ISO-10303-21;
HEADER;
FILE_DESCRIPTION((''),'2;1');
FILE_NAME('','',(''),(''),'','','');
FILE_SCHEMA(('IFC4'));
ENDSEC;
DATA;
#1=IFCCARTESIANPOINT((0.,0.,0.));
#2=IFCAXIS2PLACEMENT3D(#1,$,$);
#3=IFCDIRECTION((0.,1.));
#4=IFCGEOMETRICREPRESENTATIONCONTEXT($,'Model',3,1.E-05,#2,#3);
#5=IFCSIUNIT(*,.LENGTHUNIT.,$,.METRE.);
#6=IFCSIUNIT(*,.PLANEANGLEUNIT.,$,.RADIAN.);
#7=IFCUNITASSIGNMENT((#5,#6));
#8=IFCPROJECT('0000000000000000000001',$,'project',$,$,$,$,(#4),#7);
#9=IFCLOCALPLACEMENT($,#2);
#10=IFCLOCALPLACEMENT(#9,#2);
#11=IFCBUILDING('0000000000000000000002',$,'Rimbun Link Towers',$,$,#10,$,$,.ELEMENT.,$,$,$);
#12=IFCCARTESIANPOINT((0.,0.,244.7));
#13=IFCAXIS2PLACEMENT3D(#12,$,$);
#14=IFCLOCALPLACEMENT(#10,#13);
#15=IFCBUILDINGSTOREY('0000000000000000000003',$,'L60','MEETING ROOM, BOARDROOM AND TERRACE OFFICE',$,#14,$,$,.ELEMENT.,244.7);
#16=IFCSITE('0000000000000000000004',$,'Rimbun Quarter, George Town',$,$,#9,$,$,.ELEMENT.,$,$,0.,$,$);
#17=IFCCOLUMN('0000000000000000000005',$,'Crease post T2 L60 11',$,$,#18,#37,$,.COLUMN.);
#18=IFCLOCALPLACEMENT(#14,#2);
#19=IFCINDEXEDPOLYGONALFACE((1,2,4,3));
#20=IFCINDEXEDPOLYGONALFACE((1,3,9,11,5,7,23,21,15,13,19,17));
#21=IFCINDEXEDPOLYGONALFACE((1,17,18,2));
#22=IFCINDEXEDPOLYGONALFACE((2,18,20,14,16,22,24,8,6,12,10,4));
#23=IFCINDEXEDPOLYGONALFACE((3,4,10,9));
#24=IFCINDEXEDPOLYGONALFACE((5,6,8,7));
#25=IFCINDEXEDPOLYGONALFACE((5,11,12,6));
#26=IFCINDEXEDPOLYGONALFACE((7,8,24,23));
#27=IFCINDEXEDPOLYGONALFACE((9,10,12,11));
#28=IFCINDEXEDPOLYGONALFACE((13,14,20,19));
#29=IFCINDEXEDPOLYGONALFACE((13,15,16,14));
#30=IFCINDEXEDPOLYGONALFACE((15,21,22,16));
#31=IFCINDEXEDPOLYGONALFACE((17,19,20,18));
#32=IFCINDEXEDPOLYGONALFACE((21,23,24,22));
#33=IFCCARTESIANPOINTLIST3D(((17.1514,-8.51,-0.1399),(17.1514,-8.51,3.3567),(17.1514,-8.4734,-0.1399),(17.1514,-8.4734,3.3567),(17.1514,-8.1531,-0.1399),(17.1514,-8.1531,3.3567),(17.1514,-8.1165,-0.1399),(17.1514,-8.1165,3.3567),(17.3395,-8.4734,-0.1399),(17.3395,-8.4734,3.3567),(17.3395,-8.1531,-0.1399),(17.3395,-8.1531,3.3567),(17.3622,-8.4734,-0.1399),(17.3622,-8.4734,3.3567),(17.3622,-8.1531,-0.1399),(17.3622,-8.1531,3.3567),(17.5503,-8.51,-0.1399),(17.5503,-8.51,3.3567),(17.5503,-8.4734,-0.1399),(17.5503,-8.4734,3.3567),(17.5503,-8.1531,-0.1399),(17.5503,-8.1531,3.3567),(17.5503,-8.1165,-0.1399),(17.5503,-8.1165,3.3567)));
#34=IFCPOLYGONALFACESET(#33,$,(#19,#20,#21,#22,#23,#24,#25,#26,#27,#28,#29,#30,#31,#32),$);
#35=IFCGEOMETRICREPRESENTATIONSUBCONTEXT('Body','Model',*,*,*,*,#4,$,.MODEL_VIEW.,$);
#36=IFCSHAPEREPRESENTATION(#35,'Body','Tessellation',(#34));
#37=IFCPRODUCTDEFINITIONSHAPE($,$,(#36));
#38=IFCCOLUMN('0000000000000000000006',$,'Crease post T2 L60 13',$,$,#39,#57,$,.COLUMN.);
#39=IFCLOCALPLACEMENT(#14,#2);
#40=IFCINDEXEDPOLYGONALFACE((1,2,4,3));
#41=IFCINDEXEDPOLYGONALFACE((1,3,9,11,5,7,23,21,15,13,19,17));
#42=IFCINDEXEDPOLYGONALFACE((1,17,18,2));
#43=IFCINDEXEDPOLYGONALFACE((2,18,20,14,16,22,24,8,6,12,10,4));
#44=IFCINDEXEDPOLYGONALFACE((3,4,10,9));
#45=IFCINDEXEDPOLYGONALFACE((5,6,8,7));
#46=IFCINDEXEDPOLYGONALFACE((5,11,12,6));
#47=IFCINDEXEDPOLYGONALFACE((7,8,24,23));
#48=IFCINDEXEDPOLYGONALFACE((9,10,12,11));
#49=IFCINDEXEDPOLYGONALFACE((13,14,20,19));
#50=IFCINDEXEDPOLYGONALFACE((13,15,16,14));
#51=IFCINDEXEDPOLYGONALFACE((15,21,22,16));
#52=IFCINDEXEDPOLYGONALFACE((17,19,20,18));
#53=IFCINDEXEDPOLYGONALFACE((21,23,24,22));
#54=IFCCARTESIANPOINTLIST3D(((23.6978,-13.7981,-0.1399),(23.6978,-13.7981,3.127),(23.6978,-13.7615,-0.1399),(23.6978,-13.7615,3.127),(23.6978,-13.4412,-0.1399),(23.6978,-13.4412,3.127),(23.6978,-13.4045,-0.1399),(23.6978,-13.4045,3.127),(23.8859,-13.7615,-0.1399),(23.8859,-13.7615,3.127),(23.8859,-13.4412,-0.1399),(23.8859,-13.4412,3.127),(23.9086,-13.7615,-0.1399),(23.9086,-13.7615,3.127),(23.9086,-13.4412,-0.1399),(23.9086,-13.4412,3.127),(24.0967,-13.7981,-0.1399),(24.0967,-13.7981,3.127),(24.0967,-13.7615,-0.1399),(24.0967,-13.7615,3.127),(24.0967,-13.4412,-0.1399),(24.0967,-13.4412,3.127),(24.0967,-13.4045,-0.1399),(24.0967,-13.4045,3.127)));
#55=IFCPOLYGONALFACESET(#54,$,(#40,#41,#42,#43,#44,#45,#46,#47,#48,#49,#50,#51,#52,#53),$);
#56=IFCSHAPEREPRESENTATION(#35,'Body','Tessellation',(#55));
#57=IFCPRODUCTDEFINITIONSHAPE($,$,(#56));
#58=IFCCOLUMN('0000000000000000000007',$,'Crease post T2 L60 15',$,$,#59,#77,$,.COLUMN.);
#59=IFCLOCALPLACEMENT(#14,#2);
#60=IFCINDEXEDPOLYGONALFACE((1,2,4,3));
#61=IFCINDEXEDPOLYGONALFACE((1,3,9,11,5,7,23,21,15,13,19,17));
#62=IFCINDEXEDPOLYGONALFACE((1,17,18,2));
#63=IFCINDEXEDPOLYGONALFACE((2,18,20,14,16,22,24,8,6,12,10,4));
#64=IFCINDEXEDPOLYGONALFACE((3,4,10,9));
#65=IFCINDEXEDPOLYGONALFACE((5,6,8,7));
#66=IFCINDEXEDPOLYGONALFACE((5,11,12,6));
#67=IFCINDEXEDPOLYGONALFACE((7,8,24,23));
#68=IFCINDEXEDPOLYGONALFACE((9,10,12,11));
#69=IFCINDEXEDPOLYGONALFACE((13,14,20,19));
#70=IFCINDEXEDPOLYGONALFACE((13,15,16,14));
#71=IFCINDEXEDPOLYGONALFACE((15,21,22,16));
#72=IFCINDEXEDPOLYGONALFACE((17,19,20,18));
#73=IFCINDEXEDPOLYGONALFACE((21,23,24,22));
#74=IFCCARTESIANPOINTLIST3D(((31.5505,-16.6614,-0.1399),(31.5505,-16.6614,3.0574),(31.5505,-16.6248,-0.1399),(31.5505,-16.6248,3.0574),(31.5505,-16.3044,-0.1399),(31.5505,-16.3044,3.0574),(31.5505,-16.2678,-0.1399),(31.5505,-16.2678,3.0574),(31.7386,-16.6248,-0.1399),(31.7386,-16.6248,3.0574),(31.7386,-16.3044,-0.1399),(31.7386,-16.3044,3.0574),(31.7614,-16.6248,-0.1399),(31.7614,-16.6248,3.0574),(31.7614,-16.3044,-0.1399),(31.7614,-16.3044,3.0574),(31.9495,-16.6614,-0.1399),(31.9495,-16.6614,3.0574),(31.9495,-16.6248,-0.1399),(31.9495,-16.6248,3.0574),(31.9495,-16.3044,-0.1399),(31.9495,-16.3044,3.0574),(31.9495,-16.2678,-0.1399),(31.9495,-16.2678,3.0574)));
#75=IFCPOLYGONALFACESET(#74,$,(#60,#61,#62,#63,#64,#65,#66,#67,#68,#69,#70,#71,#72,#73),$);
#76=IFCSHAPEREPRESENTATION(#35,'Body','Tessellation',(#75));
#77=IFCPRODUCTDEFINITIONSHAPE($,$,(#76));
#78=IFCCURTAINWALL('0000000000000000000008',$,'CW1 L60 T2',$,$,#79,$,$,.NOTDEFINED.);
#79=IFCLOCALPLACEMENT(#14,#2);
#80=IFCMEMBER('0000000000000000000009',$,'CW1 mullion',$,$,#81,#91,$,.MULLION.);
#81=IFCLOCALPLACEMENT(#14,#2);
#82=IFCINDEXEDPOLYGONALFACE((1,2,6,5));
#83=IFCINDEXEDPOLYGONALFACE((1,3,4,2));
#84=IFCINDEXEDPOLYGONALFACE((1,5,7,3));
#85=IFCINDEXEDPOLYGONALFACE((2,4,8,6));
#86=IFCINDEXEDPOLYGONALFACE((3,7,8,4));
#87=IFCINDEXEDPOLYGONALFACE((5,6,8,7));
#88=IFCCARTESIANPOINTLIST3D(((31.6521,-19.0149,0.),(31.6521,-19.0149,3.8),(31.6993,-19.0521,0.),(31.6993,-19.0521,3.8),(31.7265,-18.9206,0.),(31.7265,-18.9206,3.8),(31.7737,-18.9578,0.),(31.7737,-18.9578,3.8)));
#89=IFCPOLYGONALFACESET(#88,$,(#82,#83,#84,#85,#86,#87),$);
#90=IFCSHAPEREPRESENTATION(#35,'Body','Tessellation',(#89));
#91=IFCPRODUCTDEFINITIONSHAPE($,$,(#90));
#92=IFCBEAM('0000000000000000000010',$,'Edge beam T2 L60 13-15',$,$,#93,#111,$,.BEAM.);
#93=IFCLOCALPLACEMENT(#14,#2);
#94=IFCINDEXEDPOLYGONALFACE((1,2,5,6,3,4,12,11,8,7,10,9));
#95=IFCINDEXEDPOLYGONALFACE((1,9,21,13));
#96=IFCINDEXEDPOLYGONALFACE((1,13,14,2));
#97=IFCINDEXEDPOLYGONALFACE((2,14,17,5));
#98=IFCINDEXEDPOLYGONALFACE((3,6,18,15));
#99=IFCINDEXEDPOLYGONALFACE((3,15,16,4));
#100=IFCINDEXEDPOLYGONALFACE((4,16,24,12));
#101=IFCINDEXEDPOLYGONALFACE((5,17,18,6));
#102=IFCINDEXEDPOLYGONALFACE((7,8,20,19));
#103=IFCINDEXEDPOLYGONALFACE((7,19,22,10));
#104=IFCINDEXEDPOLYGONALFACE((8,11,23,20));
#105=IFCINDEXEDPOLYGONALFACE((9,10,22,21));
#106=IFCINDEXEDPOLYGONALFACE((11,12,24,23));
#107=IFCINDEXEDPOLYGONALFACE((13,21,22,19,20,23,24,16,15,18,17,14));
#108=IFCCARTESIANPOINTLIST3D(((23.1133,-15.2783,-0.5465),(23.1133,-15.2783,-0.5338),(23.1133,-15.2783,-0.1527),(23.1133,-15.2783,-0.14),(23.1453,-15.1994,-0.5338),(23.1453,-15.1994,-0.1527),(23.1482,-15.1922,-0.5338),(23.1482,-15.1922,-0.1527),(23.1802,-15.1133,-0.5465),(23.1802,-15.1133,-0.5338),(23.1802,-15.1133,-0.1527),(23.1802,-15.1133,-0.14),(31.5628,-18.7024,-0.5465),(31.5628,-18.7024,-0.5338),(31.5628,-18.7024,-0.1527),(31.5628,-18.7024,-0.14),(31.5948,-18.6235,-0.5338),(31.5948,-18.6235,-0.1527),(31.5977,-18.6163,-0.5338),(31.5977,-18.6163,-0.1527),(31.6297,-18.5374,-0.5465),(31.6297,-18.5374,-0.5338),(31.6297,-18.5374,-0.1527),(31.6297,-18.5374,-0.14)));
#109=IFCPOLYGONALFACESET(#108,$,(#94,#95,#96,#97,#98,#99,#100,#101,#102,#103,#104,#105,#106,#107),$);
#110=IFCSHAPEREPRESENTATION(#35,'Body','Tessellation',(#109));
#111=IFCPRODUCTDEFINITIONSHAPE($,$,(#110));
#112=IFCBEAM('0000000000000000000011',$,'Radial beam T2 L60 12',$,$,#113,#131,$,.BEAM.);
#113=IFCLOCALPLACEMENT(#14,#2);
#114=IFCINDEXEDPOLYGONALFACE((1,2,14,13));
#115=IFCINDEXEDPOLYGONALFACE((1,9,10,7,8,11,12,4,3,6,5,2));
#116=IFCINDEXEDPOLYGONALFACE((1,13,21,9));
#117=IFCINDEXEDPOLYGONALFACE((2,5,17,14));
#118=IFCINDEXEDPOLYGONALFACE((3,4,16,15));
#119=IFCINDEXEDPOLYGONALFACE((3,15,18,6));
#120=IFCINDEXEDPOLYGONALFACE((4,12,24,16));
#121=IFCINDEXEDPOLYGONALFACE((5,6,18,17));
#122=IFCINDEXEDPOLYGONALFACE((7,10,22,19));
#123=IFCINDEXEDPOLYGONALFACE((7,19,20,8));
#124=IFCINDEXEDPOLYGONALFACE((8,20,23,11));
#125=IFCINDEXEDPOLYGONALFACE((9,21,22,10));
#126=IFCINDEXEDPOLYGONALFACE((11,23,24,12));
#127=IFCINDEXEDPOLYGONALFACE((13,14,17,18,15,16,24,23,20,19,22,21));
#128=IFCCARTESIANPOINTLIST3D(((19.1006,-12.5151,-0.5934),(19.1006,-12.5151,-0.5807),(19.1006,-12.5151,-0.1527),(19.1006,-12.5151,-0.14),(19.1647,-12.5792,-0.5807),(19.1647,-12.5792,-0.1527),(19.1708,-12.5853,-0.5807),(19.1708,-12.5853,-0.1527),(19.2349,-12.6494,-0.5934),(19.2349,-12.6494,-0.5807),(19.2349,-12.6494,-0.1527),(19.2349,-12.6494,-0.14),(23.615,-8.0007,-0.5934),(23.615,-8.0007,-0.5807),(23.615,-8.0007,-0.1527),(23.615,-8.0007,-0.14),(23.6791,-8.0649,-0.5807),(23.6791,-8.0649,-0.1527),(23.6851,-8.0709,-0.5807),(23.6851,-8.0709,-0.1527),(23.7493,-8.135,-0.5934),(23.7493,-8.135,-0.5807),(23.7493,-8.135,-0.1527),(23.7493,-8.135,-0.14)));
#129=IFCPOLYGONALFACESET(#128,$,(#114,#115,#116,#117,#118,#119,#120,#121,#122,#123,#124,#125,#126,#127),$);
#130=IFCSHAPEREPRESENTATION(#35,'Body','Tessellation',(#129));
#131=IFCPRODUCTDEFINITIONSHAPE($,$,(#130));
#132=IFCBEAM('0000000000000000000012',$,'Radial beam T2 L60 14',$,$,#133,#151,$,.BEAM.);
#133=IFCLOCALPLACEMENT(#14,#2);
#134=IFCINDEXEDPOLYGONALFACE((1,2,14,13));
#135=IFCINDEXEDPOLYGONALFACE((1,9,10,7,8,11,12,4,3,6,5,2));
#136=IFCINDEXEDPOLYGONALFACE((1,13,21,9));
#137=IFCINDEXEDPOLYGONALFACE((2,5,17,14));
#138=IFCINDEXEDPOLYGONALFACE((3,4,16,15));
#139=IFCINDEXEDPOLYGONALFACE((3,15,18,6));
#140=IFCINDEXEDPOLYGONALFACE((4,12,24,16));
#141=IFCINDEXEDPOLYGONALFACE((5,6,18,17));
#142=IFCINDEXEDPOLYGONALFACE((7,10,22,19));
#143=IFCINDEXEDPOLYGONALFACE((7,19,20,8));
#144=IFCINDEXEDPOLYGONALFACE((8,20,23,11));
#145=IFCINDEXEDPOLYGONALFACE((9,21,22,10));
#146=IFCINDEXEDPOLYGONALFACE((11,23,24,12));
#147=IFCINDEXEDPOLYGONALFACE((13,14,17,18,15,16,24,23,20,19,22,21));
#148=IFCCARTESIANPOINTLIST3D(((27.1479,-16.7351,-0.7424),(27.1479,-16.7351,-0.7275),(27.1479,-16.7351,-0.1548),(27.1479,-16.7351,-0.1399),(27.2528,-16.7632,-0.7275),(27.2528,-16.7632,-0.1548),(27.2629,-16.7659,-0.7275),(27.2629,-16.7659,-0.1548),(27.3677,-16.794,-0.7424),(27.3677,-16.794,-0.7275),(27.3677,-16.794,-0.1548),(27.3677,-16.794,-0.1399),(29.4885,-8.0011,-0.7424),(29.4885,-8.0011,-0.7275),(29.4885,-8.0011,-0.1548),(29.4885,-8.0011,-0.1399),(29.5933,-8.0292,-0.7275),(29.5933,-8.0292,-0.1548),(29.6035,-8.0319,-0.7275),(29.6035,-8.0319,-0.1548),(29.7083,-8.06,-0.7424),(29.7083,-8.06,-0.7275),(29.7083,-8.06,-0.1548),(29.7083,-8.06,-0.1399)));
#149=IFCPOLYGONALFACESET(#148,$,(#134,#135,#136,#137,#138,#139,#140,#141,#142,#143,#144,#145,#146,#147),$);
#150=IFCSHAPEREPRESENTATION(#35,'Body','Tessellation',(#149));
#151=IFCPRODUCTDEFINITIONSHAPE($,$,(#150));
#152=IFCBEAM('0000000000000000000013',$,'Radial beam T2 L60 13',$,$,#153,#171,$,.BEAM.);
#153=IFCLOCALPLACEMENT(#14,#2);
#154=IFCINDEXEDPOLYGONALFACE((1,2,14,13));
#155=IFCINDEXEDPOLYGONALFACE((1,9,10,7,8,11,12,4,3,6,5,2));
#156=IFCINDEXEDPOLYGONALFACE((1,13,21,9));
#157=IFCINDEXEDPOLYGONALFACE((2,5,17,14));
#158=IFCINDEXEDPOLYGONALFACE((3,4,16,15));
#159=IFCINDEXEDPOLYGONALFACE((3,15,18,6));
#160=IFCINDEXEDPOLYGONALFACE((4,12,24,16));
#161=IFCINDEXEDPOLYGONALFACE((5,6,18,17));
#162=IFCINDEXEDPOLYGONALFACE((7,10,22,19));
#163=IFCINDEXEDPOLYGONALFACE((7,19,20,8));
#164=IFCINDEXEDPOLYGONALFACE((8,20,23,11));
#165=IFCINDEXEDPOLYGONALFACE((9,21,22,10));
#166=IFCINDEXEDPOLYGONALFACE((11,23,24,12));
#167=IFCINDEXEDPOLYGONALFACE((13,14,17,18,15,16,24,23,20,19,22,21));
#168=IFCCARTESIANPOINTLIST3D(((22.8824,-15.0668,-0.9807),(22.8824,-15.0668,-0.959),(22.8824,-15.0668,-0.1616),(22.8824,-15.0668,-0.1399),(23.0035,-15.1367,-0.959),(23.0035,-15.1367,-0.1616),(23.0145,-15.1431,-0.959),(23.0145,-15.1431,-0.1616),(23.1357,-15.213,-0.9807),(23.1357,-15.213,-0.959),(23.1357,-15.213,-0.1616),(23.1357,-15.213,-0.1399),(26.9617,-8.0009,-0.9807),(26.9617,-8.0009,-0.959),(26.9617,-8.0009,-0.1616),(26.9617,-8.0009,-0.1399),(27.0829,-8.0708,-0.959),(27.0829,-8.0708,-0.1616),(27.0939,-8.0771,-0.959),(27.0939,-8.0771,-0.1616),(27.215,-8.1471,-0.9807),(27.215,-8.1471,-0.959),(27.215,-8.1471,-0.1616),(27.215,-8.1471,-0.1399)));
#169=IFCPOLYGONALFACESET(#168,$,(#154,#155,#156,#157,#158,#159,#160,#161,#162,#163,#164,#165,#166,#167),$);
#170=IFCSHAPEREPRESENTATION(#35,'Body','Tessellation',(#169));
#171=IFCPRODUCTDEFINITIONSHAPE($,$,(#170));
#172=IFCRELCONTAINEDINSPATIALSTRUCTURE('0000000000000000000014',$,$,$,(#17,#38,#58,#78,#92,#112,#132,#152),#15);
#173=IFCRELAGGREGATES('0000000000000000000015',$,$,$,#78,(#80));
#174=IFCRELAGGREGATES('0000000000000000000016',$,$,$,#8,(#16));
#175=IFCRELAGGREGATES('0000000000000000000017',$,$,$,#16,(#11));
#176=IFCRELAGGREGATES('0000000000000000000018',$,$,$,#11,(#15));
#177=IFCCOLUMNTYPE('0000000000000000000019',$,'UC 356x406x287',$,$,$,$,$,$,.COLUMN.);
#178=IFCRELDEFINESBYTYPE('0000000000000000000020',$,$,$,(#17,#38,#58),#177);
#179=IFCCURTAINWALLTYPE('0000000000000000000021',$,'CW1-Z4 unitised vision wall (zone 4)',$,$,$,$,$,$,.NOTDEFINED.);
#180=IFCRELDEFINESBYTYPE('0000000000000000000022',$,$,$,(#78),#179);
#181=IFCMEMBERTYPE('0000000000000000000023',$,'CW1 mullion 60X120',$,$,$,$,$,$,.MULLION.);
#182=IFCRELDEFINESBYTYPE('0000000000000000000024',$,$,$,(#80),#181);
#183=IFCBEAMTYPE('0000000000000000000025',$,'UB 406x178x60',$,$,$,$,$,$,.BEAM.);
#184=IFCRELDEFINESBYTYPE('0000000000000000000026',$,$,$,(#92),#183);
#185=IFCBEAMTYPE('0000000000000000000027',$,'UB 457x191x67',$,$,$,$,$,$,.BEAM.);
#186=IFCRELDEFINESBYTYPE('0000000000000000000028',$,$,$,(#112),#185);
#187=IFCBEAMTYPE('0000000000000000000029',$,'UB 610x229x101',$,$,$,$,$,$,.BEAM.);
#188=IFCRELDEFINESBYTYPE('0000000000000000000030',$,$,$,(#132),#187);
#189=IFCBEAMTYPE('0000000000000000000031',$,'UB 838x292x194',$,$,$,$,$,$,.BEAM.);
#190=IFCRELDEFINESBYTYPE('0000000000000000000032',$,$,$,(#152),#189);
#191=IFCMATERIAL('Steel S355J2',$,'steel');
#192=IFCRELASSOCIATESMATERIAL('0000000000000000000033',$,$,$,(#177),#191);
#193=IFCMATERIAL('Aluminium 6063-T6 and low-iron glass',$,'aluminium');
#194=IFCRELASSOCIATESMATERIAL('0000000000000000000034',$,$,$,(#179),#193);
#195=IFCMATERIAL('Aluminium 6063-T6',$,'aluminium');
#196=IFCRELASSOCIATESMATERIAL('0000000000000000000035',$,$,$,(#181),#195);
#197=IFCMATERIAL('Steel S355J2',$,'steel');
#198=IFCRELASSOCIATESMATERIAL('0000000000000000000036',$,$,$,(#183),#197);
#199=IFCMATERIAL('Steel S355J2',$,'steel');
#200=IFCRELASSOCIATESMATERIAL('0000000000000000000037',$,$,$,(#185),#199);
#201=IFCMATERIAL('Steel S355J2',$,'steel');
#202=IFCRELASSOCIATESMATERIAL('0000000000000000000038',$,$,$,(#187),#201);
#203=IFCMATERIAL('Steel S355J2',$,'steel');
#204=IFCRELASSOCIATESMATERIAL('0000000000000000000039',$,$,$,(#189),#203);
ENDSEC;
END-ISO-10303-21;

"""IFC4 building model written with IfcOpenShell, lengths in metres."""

from ifc_helpers import new_model, si_unit, direction, frame, origin, origin_2d, place, context, subcontext, project, spatial, rectangle, i_section, extrude, material, material_profile, profile_set, type_object, element, aggregate, save


model = new_model("IFC4")

# Units and contexts
model_context = context("Model", 3, precision=1e-05, world=origin(), true_north=direction((0.0, 1.0)))
body_context = subcontext(model_context, "Body", "Model", "MODEL_VIEW")
ifc_project = project(units=[si_unit("LENGTHUNIT", "METRE"), si_unit("PLANEANGLEUNIT", "RADIAN")], contexts=[model_context])

# Site, building, storey
site_placement = place(None, origin())
site = spatial("IfcSite", under=ifc_project, at=site_placement, Name="Rimbun Quarter, George Town", CompositionType="ELEMENT", RefElevation=0.0)
building_placement = place(site_placement, origin())
building = spatial("IfcBuilding", under=site, at=building_placement, Name="Rimbun Link Towers", CompositionType="ELEMENT")
storey_placement = place(building_placement, frame((0.0, 0.0, 244.7)))
storey = spatial("IfcBuildingStorey", under=building, at=storey_placement, Name="L60", Description="MEETING ROOM, BOARDROOM AND TERRACE OFFICE", CompositionType="ELEMENT", Elevation=244.7)

# Columns
ifc_material_1 = material(Name="Steel S355J2", Category="steel")
ifc_material_profile_1 = material_profile(ifc_material_1, i_section(OverallWidth=0.3989, OverallDepth=0.3936, WebThickness=0.0227, FlangeThickness=0.0366, at=origin_2d()), Name="UC 356x406x287")
ifc_profile_set_1 = profile_set([ifc_material_profile_1], Name="Steel S355J2")
column_type = type_object("IfcColumnType", Name="UC 356x406x287", PredefinedType="COLUMN", material=ifc_profile_set_1)
column_1_placement = place(storey_placement, frame((17.3508, -8.3132, -0.1399), z_axis=(0.0, 0.0, 1.0), x_axis=(1.0, 0.0, 0.0)))
element("IfcColumn", 1, at=column_1_placement, inside=storey, type_object=column_type, Name="Crease post T2 L60 11", PredefinedType="COLUMN", context=body_context, shape_type="SweptSolid", body=[
    extrude(i_section(OverallWidth=0.3989, OverallDepth=0.3936, WebThickness=0.0227, FlangeThickness=0.0366, at=origin_2d()), origin(), (0.0, 0.0, 1.0), 3.4966),
])
column_2_placement = place(storey_placement, frame((23.8972, -13.6013, -0.1399), z_axis=(0.0, 0.0, 1.0), x_axis=(1.0, 0.0, 0.0)))
element("IfcColumn", 2, at=column_2_placement, inside=storey, type_object=column_type, Name="Crease post T2 L60 13", PredefinedType="COLUMN", context=body_context, shape_type="SweptSolid", body=[
    extrude(i_section(OverallWidth=0.3989, OverallDepth=0.3936, WebThickness=0.0227, FlangeThickness=0.0366, at=origin_2d()), origin(), (0.0, 0.0, 1.0), 3.2668),
])
column_3_placement = place(storey_placement, frame((31.75, -16.4646, -0.1399), z_axis=(0.0, 0.0, 1.0), x_axis=(1.0, 0.0, 0.0)))
element("IfcColumn", 3, at=column_3_placement, inside=storey, type_object=column_type, Name="Crease post T2 L60 15", PredefinedType="COLUMN", context=body_context, shape_type="SweptSolid", body=[
    extrude(i_section(OverallWidth=0.3989, OverallDepth=0.3936, WebThickness=0.0227, FlangeThickness=0.0366, at=origin_2d()), origin(), (0.0, 0.0, 1.0), 3.1973),
])

# Curtain wall, member
ifc_material_2 = material(Name="Aluminium 6063-T6 and low-iron glass", Category="aluminium")
curtain_wall_type = type_object("IfcCurtainWallType", Name="CW1-Z4 unitised vision wall (zone 4)", PredefinedType="NOTDEFINED", material=ifc_material_2)
curtain_wall_placement = place(storey_placement, origin())
curtain_wall = element("IfcCurtainWall", 4, at=curtain_wall_placement, inside=storey, type_object=curtain_wall_type, Name="CW1 L60 T2", PredefinedType="NOTDEFINED")
ifc_material_3 = material(Name="Aluminium 6063-T6", Category="aluminium")
ifc_material_profile_2 = material_profile(ifc_material_3, rectangle(XDim=0.1201, YDim=0.0601, at=origin_2d()), Name="MULLION 60X120")
ifc_profile_set_2 = profile_set([ifc_material_profile_2], Name="Aluminium 6063-T6")
member_type = type_object("IfcMemberType", Name="CW1 mullion 60X120", PredefinedType="MULLION", material=ifc_profile_set_2)
member_placement = place(storey_placement, frame((31.7129, -18.9863, 0.0), z_axis=(0.0, 0.0, 1.0), x_axis=(-0.619433, -0.785049, 0.0)))
member = element("IfcMember", 5, at=member_placement, type_object=member_type, Name="CW1 mullion", PredefinedType="MULLION", context=body_context, shape_type="SweptSolid", body=[
    extrude(rectangle(XDim=0.1201, YDim=0.0601, at=origin_2d()), origin(), (0.0, 0.0, 1.0), 3.8),
])
aggregate(curtain_wall, [member])

# Beams
ifc_material_4 = material(Name="Steel S355J2", Category="steel")
ifc_material_profile_3 = material_profile(ifc_material_4, i_section(OverallWidth=0.178, OverallDepth=0.4065, WebThickness=0.0078, FlangeThickness=0.0127, at=origin_2d()), Name="UB 406x178x60")
ifc_profile_set_3 = profile_set([ifc_material_profile_3], Name="Steel S355J2")
beam_type_1 = type_object("IfcBeamType", Name="UB 406x178x60", PredefinedType="BEAM", material=ifc_profile_set_3)
beam_1_placement = place(storey_placement, frame((23.1467, -15.1958, -0.3433), z_axis=(0.926792, -0.375575, 0.0), x_axis=(0.375575, 0.926792, 0.0)))
element("IfcBeam", 6, at=beam_1_placement, inside=storey, type_object=beam_type_1, Name="Edge beam T2 L60 13-15", PredefinedType="BEAM", context=body_context, shape_type="SweptSolid", body=[
    extrude(i_section(OverallWidth=0.178, OverallDepth=0.4065, WebThickness=0.0078, FlangeThickness=0.0127, at=origin_2d()), origin(), (0.0, 0.0, 1.0), 9.1169),
])
ifc_material_5 = material(Name="Steel S355J2", Category="steel")
ifc_material_profile_4 = material_profile(ifc_material_5, i_section(OverallWidth=0.1899, OverallDepth=0.4534, WebThickness=0.0085, FlangeThickness=0.0127, at=origin_2d()), Name="UB 457x191x67")
ifc_profile_set_4 = profile_set([ifc_material_profile_4], Name="Steel S355J2")
beam_type_2 = type_object("IfcBeamType", Name="UB 457x191x67", PredefinedType="BEAM", material=ifc_profile_set_4)
beam_2_placement = place(storey_placement, frame((23.6821, -8.0679, -0.3667), z_axis=(-0.707107, -0.707107, 0.0), x_axis=(0.707107, -0.707107, 0.0)))
element("IfcBeam", 7, at=beam_2_placement, inside=storey, type_object=beam_type_2, Name="Radial beam T2 L60 12", PredefinedType="BEAM", context=body_context, shape_type="SweptSolid", body=[
    extrude(i_section(OverallWidth=0.1899, OverallDepth=0.4534, WebThickness=0.0085, FlangeThickness=0.0127, at=origin_2d()), origin(), (0.0, 0.0, 1.0), 6.3843),
])
ifc_material_6 = material(Name="Steel S355J2", Category="steel")
ifc_material_profile_5 = material_profile(ifc_material_6, i_section(OverallWidth=0.2275, OverallDepth=0.6025, WebThickness=0.0105, FlangeThickness=0.0149, at=origin_2d()), Name="UB 610x229x101")
ifc_profile_set_5 = profile_set([ifc_material_profile_5], Name="Steel S355J2")
beam_type_3 = type_object("IfcBeamType", Name="UB 610x229x101", PredefinedType="BEAM", material=ifc_profile_set_5)
beam_3_placement = place(storey_placement, frame((29.5984, -8.0305, -0.4412), z_axis=(-0.258847, -0.965918, 0.0), x_axis=(0.965918, -0.258847, 0.0)))
element("IfcBeam", 8, at=beam_3_placement, inside=storey, type_object=beam_type_3, Name="Radial beam T2 L60 14", PredefinedType="BEAM", context=body_context, shape_type="SweptSolid", body=[
    extrude(i_section(OverallWidth=0.2275, OverallDepth=0.6025, WebThickness=0.0105, FlangeThickness=0.0149, at=origin_2d()), origin(), (0.0, 0.0, 1.0), 9.0422),
])
ifc_material_7 = material(Name="Steel S355J2", Category="steel")
ifc_material_profile_6 = material_profile(ifc_material_7, i_section(OverallWidth=0.2925, OverallDepth=0.8408, WebThickness=0.0127, FlangeThickness=0.0217, at=origin_2d()), Name="UB 838x292x194")
ifc_profile_set_6 = profile_set([ifc_material_profile_6], Name="Steel S355J2")
beam_type_4 = type_object("IfcBeamType", Name="UB 838x292x194", PredefinedType="BEAM", material=ifc_profile_set_6)
beam_4_placement = place(storey_placement, frame((27.0884, -8.074, -0.5603), z_axis=(-0.499985, -0.866034, 0.0), x_axis=(0.866034, -0.499985, 0.0)))
element("IfcBeam", 9, at=beam_4_placement, inside=storey, type_object=beam_type_4, Name="Radial beam T2 L60 13", PredefinedType="BEAM", context=body_context, shape_type="SweptSolid", body=[
    extrude(i_section(OverallWidth=0.2925, OverallDepth=0.8408, WebThickness=0.0127, FlangeThickness=0.0217, at=origin_2d()), origin(), (0.0, 0.0, 1.0), 8.1589),
])

save(model, "model.ifc")
